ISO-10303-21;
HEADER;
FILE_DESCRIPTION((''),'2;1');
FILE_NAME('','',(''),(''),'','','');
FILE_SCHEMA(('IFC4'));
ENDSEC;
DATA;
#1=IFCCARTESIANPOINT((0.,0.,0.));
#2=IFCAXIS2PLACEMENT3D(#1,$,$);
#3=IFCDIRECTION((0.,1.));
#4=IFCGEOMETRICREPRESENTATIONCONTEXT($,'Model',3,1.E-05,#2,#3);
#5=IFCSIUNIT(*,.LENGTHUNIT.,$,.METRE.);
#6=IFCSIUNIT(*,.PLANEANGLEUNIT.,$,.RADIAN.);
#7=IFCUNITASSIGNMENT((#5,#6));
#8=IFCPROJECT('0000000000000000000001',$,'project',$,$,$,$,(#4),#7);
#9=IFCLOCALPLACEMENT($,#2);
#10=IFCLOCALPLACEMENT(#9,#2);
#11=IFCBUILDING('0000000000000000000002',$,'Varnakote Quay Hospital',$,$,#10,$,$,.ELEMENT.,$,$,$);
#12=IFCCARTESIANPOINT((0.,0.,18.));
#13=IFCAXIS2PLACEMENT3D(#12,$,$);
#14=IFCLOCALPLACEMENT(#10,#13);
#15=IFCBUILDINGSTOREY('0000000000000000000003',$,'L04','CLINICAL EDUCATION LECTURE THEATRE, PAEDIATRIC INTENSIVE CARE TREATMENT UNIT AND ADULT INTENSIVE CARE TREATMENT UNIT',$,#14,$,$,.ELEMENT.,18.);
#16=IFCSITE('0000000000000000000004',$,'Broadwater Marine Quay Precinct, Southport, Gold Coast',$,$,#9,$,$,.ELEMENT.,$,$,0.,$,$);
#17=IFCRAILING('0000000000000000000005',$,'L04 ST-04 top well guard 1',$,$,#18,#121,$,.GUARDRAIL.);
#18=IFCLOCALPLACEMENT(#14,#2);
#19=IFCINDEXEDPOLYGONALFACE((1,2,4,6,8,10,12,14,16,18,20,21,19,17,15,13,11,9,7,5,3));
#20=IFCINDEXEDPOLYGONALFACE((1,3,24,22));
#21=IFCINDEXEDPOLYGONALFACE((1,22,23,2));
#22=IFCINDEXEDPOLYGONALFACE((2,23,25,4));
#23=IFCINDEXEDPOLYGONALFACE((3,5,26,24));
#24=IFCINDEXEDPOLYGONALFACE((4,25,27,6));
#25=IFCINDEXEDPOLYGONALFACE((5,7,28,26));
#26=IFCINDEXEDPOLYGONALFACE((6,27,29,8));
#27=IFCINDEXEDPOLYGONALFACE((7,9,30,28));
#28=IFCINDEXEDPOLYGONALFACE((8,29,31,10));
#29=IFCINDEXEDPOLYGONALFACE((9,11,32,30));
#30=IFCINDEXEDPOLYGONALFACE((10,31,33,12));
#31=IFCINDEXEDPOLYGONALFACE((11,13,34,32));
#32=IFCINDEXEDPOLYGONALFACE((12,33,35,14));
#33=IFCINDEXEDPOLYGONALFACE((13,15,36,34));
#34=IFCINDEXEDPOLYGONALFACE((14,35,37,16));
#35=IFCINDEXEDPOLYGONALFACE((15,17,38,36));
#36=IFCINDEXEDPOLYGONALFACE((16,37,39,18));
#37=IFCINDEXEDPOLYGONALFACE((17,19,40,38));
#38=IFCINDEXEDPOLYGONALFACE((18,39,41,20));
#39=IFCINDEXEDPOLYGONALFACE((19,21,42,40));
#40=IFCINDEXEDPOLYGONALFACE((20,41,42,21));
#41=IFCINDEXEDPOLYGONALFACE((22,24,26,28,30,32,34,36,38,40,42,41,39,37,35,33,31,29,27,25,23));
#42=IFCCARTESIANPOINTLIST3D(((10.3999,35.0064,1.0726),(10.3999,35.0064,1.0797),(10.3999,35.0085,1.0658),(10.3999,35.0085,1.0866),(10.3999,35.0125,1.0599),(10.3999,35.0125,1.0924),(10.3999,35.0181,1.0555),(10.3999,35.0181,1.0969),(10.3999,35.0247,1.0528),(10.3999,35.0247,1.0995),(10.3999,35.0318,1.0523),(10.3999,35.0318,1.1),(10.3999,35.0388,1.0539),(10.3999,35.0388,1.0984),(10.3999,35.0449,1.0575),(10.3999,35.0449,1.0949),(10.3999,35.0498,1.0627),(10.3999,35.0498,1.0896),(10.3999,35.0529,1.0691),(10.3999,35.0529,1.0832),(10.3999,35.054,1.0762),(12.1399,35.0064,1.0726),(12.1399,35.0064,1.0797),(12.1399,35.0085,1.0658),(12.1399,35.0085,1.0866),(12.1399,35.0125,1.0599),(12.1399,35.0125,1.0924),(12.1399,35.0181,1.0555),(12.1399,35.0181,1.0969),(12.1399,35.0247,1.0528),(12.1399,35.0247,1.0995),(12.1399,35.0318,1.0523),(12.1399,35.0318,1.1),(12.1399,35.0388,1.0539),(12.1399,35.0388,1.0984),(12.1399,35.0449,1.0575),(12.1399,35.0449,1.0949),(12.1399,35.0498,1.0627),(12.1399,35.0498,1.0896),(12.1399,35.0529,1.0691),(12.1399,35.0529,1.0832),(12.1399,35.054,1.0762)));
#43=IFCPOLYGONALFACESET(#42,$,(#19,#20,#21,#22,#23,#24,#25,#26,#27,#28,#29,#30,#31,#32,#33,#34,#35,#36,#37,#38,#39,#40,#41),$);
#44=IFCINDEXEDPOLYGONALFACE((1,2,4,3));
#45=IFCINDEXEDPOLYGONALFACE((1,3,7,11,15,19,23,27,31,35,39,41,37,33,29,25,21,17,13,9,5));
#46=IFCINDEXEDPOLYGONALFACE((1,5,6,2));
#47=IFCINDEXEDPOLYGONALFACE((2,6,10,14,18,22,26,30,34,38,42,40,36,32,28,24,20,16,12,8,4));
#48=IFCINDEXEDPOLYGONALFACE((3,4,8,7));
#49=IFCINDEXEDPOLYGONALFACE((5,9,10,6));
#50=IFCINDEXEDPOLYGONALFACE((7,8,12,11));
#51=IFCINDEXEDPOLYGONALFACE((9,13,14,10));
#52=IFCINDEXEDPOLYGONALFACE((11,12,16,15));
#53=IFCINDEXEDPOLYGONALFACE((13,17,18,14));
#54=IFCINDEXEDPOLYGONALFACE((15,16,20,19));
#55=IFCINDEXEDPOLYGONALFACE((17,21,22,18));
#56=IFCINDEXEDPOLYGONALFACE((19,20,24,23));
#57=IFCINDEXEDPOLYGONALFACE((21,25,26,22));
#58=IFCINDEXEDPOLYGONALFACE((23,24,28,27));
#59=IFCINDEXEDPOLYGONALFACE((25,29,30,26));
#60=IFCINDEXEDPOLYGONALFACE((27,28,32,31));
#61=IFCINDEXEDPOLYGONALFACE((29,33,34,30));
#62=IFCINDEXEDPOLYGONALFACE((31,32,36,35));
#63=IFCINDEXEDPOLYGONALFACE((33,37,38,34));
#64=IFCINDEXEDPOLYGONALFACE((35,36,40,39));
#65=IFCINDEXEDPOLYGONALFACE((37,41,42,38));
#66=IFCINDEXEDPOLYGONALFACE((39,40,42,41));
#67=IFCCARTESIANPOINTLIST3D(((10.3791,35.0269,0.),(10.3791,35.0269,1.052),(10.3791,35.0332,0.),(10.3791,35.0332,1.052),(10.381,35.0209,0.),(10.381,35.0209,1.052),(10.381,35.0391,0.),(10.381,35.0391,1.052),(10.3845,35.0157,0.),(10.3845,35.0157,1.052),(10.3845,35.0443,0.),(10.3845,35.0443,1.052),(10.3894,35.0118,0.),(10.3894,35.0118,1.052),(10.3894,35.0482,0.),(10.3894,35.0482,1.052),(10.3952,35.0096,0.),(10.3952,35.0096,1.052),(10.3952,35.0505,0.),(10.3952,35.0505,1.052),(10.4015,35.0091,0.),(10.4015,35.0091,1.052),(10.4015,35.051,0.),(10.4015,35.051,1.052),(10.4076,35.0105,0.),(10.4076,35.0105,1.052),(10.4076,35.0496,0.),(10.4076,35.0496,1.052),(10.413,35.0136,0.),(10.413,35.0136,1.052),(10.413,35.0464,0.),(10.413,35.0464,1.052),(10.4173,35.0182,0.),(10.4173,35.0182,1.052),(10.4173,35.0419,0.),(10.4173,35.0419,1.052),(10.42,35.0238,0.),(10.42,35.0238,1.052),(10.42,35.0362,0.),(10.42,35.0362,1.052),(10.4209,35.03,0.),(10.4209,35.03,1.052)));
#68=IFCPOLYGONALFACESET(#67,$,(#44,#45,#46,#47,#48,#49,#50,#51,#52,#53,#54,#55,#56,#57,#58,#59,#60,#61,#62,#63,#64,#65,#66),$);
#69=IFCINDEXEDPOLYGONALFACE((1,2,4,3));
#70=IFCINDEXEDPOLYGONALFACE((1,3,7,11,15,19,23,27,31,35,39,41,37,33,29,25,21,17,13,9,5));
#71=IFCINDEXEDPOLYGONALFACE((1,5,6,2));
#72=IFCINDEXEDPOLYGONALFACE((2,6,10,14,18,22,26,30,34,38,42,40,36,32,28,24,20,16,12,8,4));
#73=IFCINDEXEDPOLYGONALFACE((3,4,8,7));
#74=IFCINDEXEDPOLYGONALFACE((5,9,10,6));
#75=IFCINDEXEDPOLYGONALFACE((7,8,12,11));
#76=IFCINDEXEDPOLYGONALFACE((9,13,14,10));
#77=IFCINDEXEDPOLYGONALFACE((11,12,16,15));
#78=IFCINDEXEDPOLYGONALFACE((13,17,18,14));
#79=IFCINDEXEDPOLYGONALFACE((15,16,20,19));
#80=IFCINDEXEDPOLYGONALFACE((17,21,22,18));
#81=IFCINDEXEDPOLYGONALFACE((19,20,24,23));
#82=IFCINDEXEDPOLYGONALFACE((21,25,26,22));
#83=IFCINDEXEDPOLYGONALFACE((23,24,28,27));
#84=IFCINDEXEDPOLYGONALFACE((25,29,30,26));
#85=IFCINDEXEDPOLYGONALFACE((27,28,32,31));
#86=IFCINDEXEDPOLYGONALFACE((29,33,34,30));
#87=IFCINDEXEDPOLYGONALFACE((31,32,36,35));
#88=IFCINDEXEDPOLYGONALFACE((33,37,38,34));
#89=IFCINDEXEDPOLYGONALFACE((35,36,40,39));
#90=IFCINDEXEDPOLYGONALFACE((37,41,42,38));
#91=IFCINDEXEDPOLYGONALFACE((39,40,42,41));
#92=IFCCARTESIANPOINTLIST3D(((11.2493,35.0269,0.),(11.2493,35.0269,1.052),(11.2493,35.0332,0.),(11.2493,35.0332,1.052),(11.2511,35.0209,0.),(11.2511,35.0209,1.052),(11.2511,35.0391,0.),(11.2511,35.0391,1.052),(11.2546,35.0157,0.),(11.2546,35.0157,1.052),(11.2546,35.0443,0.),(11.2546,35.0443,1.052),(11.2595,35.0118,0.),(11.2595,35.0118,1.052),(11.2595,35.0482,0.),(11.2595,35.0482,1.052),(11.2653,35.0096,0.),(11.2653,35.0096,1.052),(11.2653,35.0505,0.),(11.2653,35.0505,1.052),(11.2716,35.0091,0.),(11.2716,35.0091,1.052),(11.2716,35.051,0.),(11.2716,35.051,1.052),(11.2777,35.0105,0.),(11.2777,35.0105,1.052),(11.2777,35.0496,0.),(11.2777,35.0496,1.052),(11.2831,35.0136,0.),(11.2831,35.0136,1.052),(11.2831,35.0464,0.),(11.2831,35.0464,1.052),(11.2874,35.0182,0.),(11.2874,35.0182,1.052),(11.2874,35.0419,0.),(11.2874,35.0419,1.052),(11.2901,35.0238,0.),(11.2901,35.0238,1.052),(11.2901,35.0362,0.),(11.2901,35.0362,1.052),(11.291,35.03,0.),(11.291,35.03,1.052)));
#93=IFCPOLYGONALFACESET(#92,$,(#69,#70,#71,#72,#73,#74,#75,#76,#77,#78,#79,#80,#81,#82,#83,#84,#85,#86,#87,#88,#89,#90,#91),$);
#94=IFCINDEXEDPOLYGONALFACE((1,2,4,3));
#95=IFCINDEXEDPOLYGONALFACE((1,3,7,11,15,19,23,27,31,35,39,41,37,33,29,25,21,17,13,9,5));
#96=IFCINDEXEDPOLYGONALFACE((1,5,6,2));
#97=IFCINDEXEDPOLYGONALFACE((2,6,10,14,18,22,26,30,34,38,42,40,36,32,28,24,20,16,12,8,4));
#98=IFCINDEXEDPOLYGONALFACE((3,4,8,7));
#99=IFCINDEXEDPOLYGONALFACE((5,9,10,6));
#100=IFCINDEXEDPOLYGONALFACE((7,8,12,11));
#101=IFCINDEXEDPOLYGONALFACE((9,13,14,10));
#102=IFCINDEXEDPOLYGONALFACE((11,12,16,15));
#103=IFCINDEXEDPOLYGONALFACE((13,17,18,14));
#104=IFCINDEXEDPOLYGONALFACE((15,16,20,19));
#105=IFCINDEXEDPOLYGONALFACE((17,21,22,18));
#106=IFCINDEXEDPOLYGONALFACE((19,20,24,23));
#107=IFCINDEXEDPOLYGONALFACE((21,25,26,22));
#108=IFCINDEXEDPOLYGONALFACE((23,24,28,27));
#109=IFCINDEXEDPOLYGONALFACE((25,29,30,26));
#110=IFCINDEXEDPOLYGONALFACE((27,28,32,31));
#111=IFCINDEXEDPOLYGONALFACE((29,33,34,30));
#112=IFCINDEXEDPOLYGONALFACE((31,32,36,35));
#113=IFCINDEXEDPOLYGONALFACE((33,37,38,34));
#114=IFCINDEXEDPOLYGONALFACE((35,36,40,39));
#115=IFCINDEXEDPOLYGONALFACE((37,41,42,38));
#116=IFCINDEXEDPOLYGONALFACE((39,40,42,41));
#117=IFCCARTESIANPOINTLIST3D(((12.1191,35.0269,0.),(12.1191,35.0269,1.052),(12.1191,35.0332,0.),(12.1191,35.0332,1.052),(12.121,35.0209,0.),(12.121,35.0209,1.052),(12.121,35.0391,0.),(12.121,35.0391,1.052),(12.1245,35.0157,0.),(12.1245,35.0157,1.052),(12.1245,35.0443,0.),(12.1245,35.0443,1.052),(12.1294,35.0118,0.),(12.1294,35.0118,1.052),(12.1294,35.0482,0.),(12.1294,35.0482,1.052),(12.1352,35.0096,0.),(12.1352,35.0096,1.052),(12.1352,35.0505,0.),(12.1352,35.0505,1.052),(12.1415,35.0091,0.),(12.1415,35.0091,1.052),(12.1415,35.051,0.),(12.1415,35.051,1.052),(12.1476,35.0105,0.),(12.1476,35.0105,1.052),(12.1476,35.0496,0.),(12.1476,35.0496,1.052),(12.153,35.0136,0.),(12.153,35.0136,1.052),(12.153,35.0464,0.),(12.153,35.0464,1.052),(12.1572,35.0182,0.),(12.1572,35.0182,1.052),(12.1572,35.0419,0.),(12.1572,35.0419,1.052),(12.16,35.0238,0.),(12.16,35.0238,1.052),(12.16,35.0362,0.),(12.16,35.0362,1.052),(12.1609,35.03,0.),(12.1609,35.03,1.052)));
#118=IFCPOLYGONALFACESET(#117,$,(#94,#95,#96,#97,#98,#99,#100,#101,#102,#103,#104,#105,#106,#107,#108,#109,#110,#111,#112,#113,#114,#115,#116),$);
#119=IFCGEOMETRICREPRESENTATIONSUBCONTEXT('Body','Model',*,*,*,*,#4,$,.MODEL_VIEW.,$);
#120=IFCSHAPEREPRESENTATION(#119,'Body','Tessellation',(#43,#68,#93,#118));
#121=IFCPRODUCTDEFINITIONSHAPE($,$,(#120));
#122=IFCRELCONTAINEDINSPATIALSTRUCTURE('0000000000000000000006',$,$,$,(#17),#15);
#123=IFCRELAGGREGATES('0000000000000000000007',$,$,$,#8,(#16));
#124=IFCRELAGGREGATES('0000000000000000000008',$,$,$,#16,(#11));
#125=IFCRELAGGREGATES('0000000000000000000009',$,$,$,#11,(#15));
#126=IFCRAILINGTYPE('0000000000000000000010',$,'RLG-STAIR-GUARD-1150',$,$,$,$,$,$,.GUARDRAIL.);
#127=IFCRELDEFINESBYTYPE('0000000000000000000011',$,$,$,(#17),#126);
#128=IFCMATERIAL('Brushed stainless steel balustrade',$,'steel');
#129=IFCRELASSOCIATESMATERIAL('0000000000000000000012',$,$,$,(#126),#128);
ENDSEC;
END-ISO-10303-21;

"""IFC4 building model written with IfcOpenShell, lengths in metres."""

from ifc_helpers import new_model, si_unit, direction, frame, origin, origin_2d, place, context, subcontext, project, spatial, circle, extrude, material, type_object, element, save


model = new_model("IFC4")

# Units and contexts
model_context = context("Model", 3, precision=1e-05, world=origin(), true_north=direction((0.0, 1.0)))
body_context = subcontext(model_context, "Body", "Model", "MODEL_VIEW")
ifc_project = project(units=[si_unit("LENGTHUNIT", "METRE"), si_unit("PLANEANGLEUNIT", "RADIAN")], contexts=[model_context])

# Site, building, storey
site_placement = place(None, origin())
site = spatial("IfcSite", under=ifc_project, at=site_placement, Name="Broadwater Marine Quay Precinct, Southport, Gold Coast", CompositionType="ELEMENT", RefElevation=0.0)
building_placement = place(site_placement, origin())
building = spatial("IfcBuilding", under=site, at=building_placement, Name="Varnakote Quay Hospital", CompositionType="ELEMENT")
storey_placement = place(building_placement, frame((0.0, 0.0, 18.0)))
storey = spatial("IfcBuildingStorey", under=building, at=storey_placement, Name="L04", Description="CLINICAL EDUCATION LECTURE THEATRE, PAEDIATRIC INTENSIVE CARE TREATMENT UNIT AND ADULT INTENSIVE CARE TREATMENT UNIT", CompositionType="ELEMENT", Elevation=18.0)

# Railing
ifc_material_1 = material(Name="Brushed stainless steel balustrade", Category="steel")
railing_type_1 = type_object("IfcRailingType", Name="RLG-STAIR-GUARD-1150", PredefinedType="GUARDRAIL", material=ifc_material_1)
railing_1_placement = place(storey_placement, frame((10.3999, 35.03, 0.0)))
element("IfcRailing", 1, at=railing_1_placement, inside=storey, type_object=railing_type_1, Name="L04 ST-04 top well guard 1", PredefinedType="GUARDRAIL", context=body_context, shape_type="SweptSolid", body=[
    extrude(circle(Radius=0.0239, at=origin_2d()), frame((0.0, 0.0, 1.0762), z_axis=(1.0, 0.0, 0.0), x_axis=(0.0, 1.0, 0.0)), (0.0, 0.0, 1.0), 1.74),
    extrude(circle(Radius=0.021, at=origin_2d()), origin(), (0.0, 0.0, 1.0), 1.052),
    extrude(circle(Radius=0.021, at=origin_2d()), frame((0.8701, 0.0, 0.0)), (0.0, 0.0, 1.0), 1.052),
    extrude(circle(Radius=0.021, at=origin_2d()), frame((1.74, 0.0, 0.0)), (0.0, 0.0, 1.0), 1.052),
])

save(model, "model.ifc")
